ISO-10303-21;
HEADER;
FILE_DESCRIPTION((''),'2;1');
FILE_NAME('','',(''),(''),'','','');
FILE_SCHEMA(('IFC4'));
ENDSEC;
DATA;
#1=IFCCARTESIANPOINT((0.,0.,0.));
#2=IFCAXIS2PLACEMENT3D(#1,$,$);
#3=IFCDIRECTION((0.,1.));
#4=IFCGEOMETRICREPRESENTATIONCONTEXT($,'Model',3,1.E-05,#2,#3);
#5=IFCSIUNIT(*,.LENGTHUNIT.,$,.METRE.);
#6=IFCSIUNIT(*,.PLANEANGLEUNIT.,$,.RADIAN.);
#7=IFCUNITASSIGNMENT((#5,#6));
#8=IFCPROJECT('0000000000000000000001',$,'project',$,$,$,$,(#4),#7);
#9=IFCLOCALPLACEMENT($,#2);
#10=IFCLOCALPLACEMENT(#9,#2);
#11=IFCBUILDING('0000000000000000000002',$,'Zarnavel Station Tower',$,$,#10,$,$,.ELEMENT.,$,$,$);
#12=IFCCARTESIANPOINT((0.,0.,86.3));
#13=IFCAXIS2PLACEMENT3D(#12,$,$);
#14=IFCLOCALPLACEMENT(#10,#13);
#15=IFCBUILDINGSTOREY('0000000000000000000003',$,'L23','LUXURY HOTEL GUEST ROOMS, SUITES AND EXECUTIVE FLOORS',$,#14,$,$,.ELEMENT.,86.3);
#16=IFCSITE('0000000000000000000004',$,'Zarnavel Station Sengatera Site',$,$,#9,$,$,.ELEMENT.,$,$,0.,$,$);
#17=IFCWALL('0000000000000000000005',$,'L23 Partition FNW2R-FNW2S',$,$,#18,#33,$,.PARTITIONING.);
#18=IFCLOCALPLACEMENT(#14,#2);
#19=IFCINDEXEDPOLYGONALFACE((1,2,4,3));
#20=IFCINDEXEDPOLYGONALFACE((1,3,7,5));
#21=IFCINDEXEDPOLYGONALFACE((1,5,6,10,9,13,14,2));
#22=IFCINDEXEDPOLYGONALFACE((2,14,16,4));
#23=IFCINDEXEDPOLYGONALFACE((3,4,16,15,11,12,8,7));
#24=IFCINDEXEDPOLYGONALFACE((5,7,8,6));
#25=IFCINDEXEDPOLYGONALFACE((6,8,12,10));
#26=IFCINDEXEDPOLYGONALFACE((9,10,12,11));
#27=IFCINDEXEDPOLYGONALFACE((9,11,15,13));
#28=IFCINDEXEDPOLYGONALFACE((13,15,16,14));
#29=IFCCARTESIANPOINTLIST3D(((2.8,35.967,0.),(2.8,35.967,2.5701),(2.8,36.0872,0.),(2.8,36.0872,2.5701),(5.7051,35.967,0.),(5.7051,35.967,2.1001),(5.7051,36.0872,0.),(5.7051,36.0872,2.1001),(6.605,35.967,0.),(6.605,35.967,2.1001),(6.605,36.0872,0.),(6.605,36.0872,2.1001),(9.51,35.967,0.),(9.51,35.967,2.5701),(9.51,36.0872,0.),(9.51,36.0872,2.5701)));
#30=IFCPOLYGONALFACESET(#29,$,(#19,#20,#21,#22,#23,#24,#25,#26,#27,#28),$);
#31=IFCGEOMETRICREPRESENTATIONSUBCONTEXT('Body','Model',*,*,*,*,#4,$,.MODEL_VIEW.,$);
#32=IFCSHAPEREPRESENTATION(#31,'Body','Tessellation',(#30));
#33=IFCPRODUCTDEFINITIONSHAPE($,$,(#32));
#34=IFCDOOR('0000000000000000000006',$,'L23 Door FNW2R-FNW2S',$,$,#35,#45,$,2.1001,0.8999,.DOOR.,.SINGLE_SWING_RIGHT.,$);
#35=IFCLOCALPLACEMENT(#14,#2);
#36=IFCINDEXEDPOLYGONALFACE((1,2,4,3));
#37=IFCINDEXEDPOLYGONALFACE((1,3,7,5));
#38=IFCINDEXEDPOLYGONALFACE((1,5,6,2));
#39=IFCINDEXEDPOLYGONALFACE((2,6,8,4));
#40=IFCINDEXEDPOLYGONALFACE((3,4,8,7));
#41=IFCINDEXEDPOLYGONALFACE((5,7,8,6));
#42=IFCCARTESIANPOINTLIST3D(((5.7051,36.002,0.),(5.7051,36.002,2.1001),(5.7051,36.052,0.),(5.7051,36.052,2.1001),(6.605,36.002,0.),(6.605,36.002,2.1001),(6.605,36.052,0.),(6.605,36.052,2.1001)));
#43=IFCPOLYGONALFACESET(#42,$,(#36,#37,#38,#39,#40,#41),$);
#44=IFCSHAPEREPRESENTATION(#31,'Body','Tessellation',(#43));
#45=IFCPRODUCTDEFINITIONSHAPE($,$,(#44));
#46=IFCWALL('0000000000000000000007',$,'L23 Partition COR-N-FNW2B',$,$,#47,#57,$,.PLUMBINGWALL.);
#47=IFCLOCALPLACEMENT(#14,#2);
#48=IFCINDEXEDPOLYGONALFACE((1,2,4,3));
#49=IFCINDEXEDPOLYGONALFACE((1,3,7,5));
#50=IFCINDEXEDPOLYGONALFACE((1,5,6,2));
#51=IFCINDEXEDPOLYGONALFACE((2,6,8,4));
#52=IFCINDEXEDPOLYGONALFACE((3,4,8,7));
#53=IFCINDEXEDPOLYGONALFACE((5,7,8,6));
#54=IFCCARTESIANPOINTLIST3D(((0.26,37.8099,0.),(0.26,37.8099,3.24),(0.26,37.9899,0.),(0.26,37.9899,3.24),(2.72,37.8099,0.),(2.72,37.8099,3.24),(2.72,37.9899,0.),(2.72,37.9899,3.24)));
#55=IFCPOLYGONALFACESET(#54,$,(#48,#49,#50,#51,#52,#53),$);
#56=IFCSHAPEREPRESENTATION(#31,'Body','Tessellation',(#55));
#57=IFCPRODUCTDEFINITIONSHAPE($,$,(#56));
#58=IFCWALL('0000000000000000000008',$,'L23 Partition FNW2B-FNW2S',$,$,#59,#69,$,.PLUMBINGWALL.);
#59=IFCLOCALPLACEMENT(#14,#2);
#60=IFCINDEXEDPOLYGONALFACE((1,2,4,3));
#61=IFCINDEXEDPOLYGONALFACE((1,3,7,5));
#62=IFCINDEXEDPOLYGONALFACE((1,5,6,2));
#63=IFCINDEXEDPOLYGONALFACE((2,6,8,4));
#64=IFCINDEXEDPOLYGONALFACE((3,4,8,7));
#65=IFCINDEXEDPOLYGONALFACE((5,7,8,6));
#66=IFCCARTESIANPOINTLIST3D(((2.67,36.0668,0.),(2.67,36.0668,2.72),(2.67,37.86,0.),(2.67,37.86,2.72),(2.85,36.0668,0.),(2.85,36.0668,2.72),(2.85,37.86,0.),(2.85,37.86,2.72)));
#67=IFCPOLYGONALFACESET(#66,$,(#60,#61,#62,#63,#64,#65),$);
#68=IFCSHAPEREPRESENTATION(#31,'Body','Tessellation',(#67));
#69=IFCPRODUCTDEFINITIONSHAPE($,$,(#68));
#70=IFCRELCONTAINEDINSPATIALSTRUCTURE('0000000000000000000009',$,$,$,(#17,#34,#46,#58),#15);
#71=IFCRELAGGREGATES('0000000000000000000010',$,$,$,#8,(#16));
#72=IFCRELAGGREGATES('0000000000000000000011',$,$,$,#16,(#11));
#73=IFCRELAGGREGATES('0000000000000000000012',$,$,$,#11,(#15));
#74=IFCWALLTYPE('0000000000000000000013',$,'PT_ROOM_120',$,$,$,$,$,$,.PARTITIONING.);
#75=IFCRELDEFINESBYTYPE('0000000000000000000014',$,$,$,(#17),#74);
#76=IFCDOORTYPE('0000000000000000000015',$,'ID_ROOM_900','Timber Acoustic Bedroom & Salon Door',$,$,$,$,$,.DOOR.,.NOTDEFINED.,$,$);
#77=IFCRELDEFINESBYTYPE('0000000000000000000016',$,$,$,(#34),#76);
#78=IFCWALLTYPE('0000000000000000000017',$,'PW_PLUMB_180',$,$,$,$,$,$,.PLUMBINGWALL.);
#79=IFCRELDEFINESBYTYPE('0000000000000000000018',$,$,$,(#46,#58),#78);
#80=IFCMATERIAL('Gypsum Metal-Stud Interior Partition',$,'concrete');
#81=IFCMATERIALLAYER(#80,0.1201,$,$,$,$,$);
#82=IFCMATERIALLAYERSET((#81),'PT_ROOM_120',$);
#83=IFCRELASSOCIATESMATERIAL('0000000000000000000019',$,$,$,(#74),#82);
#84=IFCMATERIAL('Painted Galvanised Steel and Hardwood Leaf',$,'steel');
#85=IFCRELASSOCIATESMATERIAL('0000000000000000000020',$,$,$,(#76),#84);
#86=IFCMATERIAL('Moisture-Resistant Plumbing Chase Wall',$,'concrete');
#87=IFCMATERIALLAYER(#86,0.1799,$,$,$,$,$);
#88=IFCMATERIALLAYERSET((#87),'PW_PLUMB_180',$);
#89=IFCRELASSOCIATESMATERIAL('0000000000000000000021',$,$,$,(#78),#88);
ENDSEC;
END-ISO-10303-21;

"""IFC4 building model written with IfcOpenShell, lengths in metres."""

from ifc_helpers import new_model, si_unit, direction, frame, frame_2d, origin, place, context, subcontext, project, spatial, rectangle, extrude, material, layer, layer_set, type_object, element, fill, save


model = new_model("IFC4")

# Units and contexts
model_context = context("Model", 3, precision=1e-05, world=origin(), true_north=direction((0.0, 1.0)))
body_context = subcontext(model_context, "Body", "Model", "MODEL_VIEW")
ifc_project = project(units=[si_unit("LENGTHUNIT", "METRE"), si_unit("PLANEANGLEUNIT", "RADIAN")], contexts=[model_context])

# Site, building, storey
site_placement = place(None, origin())
site = spatial("IfcSite", under=ifc_project, at=site_placement, Name="Zarnavel Station Sengatera Site", CompositionType="ELEMENT", RefElevation=0.0)
building_placement = place(site_placement, origin())
building = spatial("IfcBuilding", under=site, at=building_placement, Name="Zarnavel Station Tower", CompositionType="ELEMENT")
storey_placement = place(building_placement, frame((0.0, 0.0, 86.3)))
storey = spatial("IfcBuildingStorey", under=building, at=storey_placement, Name="L23", Description="LUXURY HOTEL GUEST ROOMS, SUITES AND EXECUTIVE FLOORS", CompositionType="ELEMENT", Elevation=86.3)

# Wall, opening, door
ifc_material_1 = material(Name="Gypsum Metal-Stud Interior Partition", Category="concrete")
ifc_layer_1 = layer(ifc_material_1, 0.1201)
ifc_layer_set_1 = layer_set([ifc_layer_1], Name="PT_ROOM_120")
wall_type_1 = type_object("IfcWallType", Name="PT_ROOM_120", PredefinedType="PARTITIONING", material=ifc_layer_set_1)
ifc_material_2 = material(Name="Painted Galvanised Steel and Hardwood Leaf", Category="steel")
door_type = type_object("IfcDoorType", Name="ID_ROOM_900", Description="Timber Acoustic Bedroom & Salon Door", OperationType="NOTDEFINED", PredefinedType="DOOR", material=ifc_material_2)
wall_1_placement = place(storey_placement, frame((2.8, 36.0271, 0.0), z_axis=(0.0, 0.0, 1.0), x_axis=(1.0, 0.0, 0.0)))
wall_1 = element("IfcWall", 1, at=wall_1_placement, inside=storey, type_object=wall_type_1, Name="L23 Partition FNW2R-FNW2S", PredefinedType="PARTITIONING", context=body_context, shape_type="SweptSolid", body=[
    extrude(rectangle(XDim=6.71, YDim=0.1201, at=frame_2d((3.355, 0.0))), origin(), (0.0, 0.0, 1.0), 2.5701),
])
opening_1_placement = place(wall_1_placement, frame((2.905, 0.0, 0.0)))
opening_1 = element("IfcOpeningElement", 2, at=opening_1_placement, cuts=wall_1, PredefinedType="OPENING", context=body_context, shape_type="SweptSolid", body=[
    extrude(rectangle(XDim=0.8999, YDim=2.1001, at=frame_2d((0.45, 1.05))), frame((0.0, 0.0701, 0.0), z_axis=(0.0, -1.0, 0.0), x_axis=(1.0, 0.0, 0.0)), (0.0, 0.0, 1.0), 0.1401),
])
door_1_placement = place(opening_1_placement, origin())
door_1 = element("IfcDoor", 3, at=door_1_placement, inside=storey, type_object=door_type, Name="L23 Door FNW2R-FNW2S", OperationType="SINGLE_SWING_RIGHT", OverallHeight=2.1001, OverallWidth=0.8999, PredefinedType="DOOR", context=body_context, shape_type="SweptSolid", body=[
    extrude(rectangle(XDim=0.8999, YDim=2.1001, at=frame_2d((0.45, 1.05))), frame((0.0, 0.0249, 0.0), z_axis=(0.0, -1.0, 0.0), x_axis=(1.0, 0.0, 0.0)), (0.0, 0.0, 1.0), 0.05),
])
fill(opening_1, door_1)

# Walls
ifc_material_3 = material(Name="Moisture-Resistant Plumbing Chase Wall", Category="concrete")
ifc_layer_2 = layer(ifc_material_3, 0.1799)
ifc_layer_set_2 = layer_set([ifc_layer_2], Name="PW_PLUMB_180")
wall_type_2 = type_object("IfcWallType", Name="PW_PLUMB_180", PredefinedType="PLUMBINGWALL", material=ifc_layer_set_2)
wall_2_placement = place(storey_placement, frame((0.26, 37.8999, 0.0), z_axis=(0.0, 0.0, 1.0), x_axis=(1.0, 0.0, 0.0)))
element("IfcWall", 4, at=wall_2_placement, inside=storey, type_object=wall_type_2, Name="L23 Partition COR-N-FNW2B", PredefinedType="PLUMBINGWALL", context=body_context, shape_type="SweptSolid", body=[
    extrude(rectangle(XDim=2.46, YDim=0.1799, at=frame_2d((1.23, 0.0))), origin(), (0.0, 0.0, 1.0), 3.24),
])
wall_3_placement = place(storey_placement, frame((2.76, 36.0669, 0.0), z_axis=(0.0, 0.0, 1.0), x_axis=(0.0, 1.0, 0.0)))
element("IfcWall", 5, at=wall_3_placement, inside=storey, type_object=wall_type_2, Name="L23 Partition FNW2B-FNW2S", PredefinedType="PLUMBINGWALL", context=body_context, shape_type="SweptSolid", body=[
    extrude(rectangle(XDim=1.7932, YDim=0.1799, at=frame_2d((0.8965, 0.0))), origin(), (0.0, 0.0, 1.0), 2.72),
])

save(model, "model.ifc")
